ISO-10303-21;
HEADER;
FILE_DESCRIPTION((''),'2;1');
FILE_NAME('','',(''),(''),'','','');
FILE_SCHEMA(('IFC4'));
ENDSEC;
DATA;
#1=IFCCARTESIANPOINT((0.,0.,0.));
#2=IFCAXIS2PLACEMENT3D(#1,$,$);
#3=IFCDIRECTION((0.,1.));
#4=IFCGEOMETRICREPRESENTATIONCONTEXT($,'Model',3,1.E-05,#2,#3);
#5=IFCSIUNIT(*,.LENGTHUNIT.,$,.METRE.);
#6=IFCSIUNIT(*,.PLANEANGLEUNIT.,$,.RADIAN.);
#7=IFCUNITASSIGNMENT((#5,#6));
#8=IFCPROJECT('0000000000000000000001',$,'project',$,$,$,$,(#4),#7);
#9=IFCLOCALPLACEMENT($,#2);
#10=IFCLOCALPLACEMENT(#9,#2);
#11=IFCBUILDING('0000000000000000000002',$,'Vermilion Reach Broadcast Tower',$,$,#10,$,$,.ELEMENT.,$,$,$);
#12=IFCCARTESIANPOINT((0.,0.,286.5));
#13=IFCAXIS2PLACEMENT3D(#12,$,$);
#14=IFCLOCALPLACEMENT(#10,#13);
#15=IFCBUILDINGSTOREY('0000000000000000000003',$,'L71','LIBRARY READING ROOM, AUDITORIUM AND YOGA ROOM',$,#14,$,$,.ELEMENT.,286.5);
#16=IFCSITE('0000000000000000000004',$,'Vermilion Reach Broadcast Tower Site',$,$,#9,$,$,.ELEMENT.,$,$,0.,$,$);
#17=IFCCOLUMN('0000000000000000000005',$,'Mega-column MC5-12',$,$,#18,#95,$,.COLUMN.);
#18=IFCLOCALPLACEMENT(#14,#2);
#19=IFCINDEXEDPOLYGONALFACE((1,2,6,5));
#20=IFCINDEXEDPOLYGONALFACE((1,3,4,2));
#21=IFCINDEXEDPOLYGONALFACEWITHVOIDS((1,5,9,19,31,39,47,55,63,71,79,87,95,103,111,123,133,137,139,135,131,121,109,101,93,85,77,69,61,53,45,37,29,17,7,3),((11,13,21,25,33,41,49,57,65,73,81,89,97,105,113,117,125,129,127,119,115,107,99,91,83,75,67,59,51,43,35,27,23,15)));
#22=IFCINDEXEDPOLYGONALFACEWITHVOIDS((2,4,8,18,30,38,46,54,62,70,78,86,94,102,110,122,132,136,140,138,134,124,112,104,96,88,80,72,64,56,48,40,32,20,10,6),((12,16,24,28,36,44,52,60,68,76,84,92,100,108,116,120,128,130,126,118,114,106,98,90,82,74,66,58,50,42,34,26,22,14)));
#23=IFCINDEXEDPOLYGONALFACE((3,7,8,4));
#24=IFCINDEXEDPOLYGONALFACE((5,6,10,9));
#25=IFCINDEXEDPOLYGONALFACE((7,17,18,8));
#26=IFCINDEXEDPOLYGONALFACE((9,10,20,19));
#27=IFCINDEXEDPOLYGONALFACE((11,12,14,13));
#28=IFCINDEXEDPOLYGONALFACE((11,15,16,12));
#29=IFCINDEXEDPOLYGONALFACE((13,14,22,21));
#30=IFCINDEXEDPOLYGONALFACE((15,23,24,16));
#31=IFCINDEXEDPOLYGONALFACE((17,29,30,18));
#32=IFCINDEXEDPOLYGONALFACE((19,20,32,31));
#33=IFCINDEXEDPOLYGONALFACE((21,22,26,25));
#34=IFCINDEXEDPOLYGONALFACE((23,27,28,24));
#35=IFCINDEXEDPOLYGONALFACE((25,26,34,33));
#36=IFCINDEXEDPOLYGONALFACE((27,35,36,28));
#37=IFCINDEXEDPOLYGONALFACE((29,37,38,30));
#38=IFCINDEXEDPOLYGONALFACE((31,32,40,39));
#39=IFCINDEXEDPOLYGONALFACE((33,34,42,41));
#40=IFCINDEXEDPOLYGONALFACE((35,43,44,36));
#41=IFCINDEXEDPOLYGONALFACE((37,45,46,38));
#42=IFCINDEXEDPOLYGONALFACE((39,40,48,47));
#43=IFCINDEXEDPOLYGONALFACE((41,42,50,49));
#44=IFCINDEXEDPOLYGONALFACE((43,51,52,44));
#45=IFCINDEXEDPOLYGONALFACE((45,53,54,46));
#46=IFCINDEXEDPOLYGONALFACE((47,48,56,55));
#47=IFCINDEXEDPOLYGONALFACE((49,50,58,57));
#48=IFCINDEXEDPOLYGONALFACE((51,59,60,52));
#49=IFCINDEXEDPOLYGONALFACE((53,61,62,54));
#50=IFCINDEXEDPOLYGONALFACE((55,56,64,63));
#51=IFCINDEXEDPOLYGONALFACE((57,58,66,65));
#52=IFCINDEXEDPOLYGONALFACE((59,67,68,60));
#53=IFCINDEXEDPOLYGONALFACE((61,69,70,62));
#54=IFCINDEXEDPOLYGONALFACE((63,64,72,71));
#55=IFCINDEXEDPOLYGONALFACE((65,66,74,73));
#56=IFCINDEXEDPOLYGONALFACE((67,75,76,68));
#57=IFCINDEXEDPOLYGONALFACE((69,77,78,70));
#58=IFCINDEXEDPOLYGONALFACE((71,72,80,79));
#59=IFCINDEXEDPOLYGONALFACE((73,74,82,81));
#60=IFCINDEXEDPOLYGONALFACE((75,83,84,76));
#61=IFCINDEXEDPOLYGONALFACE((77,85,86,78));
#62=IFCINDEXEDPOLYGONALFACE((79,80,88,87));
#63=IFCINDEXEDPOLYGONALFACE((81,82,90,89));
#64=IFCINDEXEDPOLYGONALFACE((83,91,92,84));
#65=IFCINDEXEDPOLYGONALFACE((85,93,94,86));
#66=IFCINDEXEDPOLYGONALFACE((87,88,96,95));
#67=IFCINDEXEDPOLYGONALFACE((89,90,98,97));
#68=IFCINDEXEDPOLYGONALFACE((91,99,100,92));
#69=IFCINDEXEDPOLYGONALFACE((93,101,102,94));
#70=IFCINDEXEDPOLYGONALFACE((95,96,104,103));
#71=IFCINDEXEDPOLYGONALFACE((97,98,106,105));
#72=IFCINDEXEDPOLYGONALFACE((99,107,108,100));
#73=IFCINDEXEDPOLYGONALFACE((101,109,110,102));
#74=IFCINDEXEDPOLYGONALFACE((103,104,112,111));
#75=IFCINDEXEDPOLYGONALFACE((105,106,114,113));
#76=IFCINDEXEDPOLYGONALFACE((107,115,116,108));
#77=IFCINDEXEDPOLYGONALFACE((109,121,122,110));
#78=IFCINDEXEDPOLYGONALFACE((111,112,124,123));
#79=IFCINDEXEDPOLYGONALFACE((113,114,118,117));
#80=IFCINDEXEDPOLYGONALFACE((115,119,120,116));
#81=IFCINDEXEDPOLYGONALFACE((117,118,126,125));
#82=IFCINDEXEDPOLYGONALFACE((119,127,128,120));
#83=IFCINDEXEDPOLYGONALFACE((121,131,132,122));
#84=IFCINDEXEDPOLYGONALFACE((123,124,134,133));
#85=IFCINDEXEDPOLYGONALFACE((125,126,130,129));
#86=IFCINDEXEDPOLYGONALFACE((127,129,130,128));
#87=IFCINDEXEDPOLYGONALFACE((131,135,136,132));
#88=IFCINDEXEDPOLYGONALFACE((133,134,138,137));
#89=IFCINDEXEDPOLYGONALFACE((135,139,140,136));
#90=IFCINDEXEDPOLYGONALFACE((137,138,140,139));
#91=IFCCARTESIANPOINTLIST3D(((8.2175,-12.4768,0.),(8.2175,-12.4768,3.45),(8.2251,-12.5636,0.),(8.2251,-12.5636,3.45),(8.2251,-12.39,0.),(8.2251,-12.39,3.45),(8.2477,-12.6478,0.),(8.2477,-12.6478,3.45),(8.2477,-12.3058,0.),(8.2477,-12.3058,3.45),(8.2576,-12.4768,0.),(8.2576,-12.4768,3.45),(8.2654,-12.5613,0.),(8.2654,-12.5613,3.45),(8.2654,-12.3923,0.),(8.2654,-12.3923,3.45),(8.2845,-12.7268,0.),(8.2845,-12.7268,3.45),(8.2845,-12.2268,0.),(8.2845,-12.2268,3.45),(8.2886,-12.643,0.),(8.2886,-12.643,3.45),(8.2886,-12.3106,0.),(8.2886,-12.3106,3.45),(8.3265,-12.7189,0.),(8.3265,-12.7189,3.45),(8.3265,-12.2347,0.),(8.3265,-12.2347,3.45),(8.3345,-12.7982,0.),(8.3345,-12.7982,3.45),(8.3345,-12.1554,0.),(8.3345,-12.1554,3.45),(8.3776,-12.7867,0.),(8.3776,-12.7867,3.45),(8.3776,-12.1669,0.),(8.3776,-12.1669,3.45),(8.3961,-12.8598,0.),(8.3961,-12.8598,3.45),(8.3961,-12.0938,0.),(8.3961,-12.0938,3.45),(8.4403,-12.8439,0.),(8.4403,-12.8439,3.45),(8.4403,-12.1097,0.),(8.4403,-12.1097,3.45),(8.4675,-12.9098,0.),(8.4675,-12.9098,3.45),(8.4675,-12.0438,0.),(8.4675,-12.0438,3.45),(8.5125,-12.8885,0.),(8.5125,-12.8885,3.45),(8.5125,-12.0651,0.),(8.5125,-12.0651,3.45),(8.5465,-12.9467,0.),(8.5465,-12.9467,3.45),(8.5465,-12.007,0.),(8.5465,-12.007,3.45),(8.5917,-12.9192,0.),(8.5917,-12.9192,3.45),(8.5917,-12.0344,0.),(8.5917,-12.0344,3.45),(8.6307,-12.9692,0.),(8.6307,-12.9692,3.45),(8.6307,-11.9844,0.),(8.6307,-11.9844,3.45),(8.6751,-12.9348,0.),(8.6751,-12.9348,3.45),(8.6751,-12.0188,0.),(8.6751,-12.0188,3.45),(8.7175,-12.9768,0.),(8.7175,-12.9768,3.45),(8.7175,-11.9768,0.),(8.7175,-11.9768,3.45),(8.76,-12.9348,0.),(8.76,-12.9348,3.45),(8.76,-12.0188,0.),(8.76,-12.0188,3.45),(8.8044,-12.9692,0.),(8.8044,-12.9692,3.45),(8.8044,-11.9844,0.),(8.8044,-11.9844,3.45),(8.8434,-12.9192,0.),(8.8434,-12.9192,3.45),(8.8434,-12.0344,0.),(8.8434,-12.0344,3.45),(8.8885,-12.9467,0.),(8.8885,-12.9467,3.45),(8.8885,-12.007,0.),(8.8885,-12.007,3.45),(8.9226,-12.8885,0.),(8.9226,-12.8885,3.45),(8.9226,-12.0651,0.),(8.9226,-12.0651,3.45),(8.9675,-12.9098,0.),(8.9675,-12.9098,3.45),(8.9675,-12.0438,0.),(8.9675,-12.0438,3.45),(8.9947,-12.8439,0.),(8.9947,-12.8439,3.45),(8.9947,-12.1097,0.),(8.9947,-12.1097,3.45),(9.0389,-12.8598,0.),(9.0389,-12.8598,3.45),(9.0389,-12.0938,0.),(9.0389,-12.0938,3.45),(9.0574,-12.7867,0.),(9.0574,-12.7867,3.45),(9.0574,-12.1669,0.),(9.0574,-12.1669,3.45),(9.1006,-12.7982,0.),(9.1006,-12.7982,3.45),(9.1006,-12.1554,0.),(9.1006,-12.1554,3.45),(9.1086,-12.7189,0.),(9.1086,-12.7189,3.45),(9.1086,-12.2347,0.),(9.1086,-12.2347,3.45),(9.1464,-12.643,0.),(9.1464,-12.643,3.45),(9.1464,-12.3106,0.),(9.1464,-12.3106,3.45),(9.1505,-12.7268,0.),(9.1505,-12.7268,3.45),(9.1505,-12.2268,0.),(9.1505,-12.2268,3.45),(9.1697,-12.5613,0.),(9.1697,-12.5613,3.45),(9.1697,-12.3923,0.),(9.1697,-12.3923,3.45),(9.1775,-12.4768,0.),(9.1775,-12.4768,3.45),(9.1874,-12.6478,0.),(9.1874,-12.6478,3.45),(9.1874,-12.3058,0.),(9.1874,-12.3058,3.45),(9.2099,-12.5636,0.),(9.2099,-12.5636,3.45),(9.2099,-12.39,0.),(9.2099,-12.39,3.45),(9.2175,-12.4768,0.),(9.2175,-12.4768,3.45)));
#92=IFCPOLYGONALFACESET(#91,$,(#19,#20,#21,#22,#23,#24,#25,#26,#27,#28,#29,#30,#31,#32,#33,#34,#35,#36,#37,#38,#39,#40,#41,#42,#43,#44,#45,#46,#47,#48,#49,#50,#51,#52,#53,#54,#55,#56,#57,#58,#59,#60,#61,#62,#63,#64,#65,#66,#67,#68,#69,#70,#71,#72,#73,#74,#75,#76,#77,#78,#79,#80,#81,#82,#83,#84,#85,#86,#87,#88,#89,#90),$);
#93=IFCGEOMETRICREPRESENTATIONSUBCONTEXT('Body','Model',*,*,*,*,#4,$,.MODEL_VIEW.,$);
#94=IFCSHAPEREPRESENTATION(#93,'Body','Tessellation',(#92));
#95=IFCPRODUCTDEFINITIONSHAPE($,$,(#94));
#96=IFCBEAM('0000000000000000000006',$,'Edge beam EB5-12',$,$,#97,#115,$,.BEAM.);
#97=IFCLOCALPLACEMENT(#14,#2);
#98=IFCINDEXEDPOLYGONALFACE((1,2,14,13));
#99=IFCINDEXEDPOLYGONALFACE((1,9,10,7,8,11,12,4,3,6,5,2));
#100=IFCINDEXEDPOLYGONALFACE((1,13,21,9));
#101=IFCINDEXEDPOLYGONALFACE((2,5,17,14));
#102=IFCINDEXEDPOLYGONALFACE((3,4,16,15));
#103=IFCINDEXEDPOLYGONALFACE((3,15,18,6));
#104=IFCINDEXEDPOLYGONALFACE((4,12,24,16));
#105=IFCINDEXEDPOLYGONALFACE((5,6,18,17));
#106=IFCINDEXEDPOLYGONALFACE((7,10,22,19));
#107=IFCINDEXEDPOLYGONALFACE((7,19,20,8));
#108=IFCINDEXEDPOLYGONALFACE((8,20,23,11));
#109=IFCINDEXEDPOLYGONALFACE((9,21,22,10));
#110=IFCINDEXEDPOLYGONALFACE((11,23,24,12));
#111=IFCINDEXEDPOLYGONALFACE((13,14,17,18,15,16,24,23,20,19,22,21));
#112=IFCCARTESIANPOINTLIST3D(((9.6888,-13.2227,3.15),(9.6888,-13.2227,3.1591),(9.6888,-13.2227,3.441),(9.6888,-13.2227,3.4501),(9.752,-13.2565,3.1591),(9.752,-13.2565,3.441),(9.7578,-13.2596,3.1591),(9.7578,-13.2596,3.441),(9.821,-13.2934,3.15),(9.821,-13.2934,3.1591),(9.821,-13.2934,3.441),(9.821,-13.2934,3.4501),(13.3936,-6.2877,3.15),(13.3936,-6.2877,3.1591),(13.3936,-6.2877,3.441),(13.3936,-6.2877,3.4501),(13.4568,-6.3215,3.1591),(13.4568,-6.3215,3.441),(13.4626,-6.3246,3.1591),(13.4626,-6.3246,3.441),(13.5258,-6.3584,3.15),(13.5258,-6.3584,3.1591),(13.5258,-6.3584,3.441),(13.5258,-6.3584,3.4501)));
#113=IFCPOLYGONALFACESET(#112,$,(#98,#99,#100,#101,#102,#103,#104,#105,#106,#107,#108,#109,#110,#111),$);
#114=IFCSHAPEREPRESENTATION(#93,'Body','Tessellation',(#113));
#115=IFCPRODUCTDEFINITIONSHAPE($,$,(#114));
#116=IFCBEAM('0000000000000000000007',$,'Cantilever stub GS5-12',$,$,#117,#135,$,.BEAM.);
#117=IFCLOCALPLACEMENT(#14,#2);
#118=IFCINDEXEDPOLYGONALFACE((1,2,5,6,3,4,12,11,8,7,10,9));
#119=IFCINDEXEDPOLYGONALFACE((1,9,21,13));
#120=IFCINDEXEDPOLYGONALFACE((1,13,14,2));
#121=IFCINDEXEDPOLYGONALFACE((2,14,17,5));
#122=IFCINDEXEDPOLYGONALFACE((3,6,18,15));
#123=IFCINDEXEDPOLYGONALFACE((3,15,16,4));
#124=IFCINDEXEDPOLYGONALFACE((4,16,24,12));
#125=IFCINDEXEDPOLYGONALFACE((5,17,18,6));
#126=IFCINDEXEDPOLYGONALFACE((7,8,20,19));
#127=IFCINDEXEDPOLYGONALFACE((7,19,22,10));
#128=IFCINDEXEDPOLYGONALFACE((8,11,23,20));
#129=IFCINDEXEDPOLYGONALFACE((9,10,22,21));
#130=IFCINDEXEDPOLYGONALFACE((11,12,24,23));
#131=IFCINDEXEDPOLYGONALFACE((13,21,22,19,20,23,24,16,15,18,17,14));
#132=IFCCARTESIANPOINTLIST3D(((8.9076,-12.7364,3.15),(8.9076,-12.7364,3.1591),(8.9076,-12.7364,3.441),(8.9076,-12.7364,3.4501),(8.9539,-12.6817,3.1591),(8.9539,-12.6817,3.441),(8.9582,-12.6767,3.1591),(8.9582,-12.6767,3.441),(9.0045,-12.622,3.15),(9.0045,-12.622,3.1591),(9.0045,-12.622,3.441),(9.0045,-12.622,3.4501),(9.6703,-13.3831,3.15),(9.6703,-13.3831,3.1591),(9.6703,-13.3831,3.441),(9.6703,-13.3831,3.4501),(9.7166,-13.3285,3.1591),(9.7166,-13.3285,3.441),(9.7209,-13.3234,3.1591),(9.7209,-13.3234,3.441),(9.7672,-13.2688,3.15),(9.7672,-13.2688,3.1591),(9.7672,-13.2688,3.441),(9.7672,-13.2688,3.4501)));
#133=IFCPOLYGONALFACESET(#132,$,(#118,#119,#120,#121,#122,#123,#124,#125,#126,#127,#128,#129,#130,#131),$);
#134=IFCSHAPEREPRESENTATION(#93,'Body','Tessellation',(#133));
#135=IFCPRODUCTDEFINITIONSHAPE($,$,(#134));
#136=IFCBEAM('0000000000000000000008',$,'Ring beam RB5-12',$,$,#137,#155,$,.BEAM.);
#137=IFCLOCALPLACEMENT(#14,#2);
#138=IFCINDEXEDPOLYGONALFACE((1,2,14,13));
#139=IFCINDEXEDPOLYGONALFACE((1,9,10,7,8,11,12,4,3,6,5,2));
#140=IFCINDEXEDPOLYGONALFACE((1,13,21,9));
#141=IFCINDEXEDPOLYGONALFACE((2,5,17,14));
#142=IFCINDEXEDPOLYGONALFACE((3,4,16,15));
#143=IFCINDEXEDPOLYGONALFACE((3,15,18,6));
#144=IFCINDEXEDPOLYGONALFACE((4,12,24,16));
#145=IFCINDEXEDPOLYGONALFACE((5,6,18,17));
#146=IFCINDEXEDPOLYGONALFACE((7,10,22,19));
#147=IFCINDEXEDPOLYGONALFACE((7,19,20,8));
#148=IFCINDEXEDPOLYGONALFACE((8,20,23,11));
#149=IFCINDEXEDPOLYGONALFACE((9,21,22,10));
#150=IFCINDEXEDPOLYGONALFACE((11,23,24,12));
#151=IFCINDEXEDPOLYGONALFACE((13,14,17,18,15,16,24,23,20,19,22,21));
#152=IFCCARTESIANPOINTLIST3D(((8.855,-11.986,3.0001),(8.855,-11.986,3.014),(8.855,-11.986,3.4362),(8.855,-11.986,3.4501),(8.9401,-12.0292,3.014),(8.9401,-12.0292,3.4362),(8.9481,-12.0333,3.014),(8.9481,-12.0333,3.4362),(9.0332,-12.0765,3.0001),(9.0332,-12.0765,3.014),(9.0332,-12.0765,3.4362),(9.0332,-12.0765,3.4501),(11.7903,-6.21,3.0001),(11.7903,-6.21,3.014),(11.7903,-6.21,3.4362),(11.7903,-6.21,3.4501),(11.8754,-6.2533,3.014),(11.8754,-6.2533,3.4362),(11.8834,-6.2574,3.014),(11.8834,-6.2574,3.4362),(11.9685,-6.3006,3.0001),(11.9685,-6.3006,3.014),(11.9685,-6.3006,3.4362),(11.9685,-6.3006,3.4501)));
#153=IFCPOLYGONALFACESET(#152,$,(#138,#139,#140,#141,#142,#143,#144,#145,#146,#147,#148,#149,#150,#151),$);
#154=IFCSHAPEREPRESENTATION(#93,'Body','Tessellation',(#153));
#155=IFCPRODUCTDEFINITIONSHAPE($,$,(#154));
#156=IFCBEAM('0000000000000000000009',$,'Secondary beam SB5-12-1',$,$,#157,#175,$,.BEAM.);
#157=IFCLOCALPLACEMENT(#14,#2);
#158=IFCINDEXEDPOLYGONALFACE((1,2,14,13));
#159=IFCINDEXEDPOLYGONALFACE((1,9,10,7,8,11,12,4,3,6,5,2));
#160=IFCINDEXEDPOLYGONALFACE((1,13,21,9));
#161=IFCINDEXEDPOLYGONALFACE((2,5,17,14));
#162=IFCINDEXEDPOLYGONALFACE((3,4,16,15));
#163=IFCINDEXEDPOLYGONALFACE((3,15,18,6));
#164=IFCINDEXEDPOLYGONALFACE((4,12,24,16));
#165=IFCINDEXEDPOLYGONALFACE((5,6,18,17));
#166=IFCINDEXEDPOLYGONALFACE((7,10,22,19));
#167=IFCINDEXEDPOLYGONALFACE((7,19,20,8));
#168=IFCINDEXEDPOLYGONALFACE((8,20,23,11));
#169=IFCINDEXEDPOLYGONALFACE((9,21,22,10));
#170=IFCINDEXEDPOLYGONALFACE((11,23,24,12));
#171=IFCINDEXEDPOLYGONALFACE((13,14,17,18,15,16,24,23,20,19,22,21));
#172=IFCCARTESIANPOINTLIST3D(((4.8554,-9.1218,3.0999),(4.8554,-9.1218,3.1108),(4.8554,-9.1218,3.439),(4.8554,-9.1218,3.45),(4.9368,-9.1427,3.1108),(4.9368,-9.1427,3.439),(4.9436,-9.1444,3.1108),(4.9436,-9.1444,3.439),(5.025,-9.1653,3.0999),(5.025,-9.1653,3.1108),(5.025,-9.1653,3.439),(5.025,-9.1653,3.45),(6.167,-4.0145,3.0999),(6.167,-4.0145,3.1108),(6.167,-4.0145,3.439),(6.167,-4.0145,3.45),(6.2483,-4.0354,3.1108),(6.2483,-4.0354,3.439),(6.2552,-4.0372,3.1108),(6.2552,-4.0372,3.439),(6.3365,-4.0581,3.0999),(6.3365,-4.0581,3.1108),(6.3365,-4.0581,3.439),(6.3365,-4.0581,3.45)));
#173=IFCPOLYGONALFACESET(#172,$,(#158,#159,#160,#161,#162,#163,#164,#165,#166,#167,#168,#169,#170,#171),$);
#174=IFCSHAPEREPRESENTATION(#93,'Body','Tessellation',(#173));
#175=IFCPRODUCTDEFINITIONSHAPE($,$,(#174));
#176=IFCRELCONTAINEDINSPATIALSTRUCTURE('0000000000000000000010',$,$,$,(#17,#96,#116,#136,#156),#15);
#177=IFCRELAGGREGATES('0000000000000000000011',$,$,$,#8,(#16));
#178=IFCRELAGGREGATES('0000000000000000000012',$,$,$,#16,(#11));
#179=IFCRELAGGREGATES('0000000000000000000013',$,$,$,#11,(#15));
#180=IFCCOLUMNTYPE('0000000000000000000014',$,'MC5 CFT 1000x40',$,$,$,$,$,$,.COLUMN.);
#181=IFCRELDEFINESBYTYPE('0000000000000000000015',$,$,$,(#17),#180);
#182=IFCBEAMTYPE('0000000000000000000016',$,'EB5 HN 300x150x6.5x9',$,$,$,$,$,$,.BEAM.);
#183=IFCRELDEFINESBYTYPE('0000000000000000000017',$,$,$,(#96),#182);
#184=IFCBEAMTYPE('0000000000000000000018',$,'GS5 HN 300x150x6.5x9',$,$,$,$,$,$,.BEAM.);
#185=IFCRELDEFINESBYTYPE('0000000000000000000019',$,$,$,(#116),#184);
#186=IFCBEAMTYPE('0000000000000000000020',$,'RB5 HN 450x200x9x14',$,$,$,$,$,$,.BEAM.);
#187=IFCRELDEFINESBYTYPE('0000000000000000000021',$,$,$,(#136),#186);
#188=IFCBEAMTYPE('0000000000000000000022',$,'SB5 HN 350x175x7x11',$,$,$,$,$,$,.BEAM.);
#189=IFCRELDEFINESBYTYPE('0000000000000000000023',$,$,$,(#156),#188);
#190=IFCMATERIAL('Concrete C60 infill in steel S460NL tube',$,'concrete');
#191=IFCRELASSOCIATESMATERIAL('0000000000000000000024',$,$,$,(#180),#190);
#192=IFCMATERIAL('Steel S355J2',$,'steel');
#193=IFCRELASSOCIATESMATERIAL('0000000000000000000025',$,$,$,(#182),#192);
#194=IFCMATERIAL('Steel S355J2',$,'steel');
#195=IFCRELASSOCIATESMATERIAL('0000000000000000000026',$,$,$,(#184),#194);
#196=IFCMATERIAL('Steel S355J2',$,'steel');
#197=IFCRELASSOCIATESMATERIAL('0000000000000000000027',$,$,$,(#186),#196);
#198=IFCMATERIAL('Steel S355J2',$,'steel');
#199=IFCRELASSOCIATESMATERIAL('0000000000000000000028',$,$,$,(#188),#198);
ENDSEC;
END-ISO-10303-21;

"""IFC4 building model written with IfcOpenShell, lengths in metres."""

from ifc_helpers import new_model, si_unit, direction, frame, origin, origin_2d, place, context, subcontext, project, spatial, hollow_circle, i_section, extrude, material, material_profile, profile_set, type_object, element, save


model = new_model("IFC4")

# Units and contexts
model_context = context("Model", 3, precision=1e-05, world=origin(), true_north=direction((0.0, 1.0)))
body_context = subcontext(model_context, "Body", "Model", "MODEL_VIEW")
ifc_project = project(units=[si_unit("LENGTHUNIT", "METRE"), si_unit("PLANEANGLEUNIT", "RADIAN")], contexts=[model_context])

# Site, building, storey
site_placement = place(None, origin())
site = spatial("IfcSite", under=ifc_project, at=site_placement, Name="Vermilion Reach Broadcast Tower Site", CompositionType="ELEMENT", RefElevation=0.0)
building_placement = place(site_placement, origin())
building = spatial("IfcBuilding", under=site, at=building_placement, Name="Vermilion Reach Broadcast Tower", CompositionType="ELEMENT")
storey_placement = place(building_placement, frame((0.0, 0.0, 286.5)))
storey = spatial("IfcBuildingStorey", under=building, at=storey_placement, Name="L71", Description="LIBRARY READING ROOM, AUDITORIUM AND YOGA ROOM", CompositionType="ELEMENT", Elevation=286.5)

# Column
ifc_material_1 = material(Name="Concrete C60 infill in steel S460NL tube", Category="concrete")
ifc_material_profile_1 = material_profile(ifc_material_1, hollow_circle(Radius=0.5, WallThickness=0.04, at=origin_2d()), Name="Concrete C60 infill in steel S460NL tube CFT 1000x40")
ifc_profile_set_1 = profile_set([ifc_material_profile_1], Name="Concrete C60 infill in steel S460NL tube")
column_type = type_object("IfcColumnType", Name="MC5 CFT 1000x40", PredefinedType="COLUMN", material=ifc_profile_set_1)
column_placement = place(storey_placement, frame((8.7175, -12.4768, 0.0), z_axis=(0.0, 0.0, 1.0), x_axis=(1.0, 0.0, 0.0)))
element("IfcColumn", 1, at=column_placement, inside=storey, type_object=column_type, Name="Mega-column MC5-12", PredefinedType="COLUMN", context=body_context, shape_type="SweptSolid", body=[
    extrude(hollow_circle(Radius=0.5, WallThickness=0.04, at=origin_2d()), origin(), (0.0, 0.0, 1.0), 3.45),
])

# Beams
ifc_material_2 = material(Name="Steel S355J2", Category="steel")
ifc_material_profile_2 = material_profile(ifc_material_2, i_section(OverallWidth=0.1499, OverallDepth=0.3, WebThickness=0.0066, FlangeThickness=0.009, at=origin_2d()), Name="S355J2 HN 300x150x6.5x9")
ifc_profile_set_2 = profile_set([ifc_material_profile_2], Name="Steel S355J2")
beam_type_1 = type_object("IfcBeamType", Name="EB5 HN 300x150x6.5x9", PredefinedType="BEAM", material=ifc_profile_set_2)
beam_1_placement = place(storey_placement, frame((9.7549, -13.2581, 3.3), z_axis=(0.471196, 0.882029, 0.0), x_axis=(-0.882029, 0.471196, 0.0)))
element("IfcBeam", 2, at=beam_1_placement, inside=storey, type_object=beam_type_1, Name="Edge beam EB5-12", PredefinedType="BEAM", context=body_context, shape_type="SweptSolid", body=[
    extrude(i_section(OverallWidth=0.1499, OverallDepth=0.3, WebThickness=0.0066, FlangeThickness=0.009, at=origin_2d()), origin(), (0.0, 0.0, 1.0), 7.8625),
])
ifc_material_3 = material(Name="Steel S355J2", Category="steel")
ifc_material_profile_3 = material_profile(ifc_material_3, i_section(OverallWidth=0.1499, OverallDepth=0.3, WebThickness=0.0066, FlangeThickness=0.009, at=origin_2d()), Name="S355J2 HN 300x150x6.5x9")
ifc_profile_set_3 = profile_set([ifc_material_profile_3], Name="Steel S355J2")
beam_type_2 = type_object("IfcBeamType", Name="GS5 HN 300x150x6.5x9", PredefinedType="BEAM", material=ifc_profile_set_3)
beam_2_placement = place(storey_placement, frame((8.9561, -12.6792, 3.3), z_axis=(0.76271, -0.646741, 0.0), x_axis=(0.646741, 0.76271, 0.0)))
element("IfcBeam", 3, at=beam_2_placement, inside=storey, type_object=beam_type_2, Name="Cantilever stub GS5-12", PredefinedType="BEAM", context=body_context, shape_type="SweptSolid", body=[
    extrude(i_section(OverallWidth=0.1499, OverallDepth=0.3, WebThickness=0.0066, FlangeThickness=0.009, at=origin_2d()), origin(), (0.0, 0.0, 1.0), 1.0),
])
ifc_material_4 = material(Name="Steel S355J2", Category="steel")
ifc_material_profile_4 = material_profile(ifc_material_4, i_section(OverallWidth=0.2, OverallDepth=0.45, WebThickness=0.009, FlangeThickness=0.0139, at=origin_2d()), Name="S355J2 HN 450x200x9x14")
ifc_profile_set_4 = profile_set([ifc_material_profile_4], Name="Steel S355J2")
beam_type_3 = type_object("IfcBeamType", Name="RB5 HN 450x200x9x14", PredefinedType="BEAM", material=ifc_profile_set_4)
beam_3_placement = place(storey_placement, frame((8.9441, -12.0312, 3.2251), z_axis=(0.453052, 0.891484, 0.0), x_axis=(-0.891484, 0.453052, 0.0)))
element("IfcBeam", 4, at=beam_3_placement, inside=storey, type_object=beam_type_3, Name="Ring beam RB5-12", PredefinedType="BEAM", context=body_context, shape_type="SweptSolid", body=[
    extrude(i_section(OverallWidth=0.2, OverallDepth=0.45, WebThickness=0.009, FlangeThickness=0.0139, at=origin_2d()), origin(), (0.0, 0.0, 1.0), 6.479),
])
ifc_material_5 = material(Name="Steel S355J2", Category="steel")
ifc_material_profile_5 = material_profile(ifc_material_5, i_section(OverallWidth=0.175, OverallDepth=0.3501, WebThickness=0.0071, FlangeThickness=0.011, at=origin_2d()), Name="S355J2 HN 350x175x7x11")
ifc_profile_set_5 = profile_set([ifc_material_profile_5], Name="Steel S355J2")
beam_type_4 = type_object("IfcBeamType", Name="SB5 HN 350x175x7x11", PredefinedType="BEAM", material=ifc_profile_set_5)
beam_4_placement = place(storey_placement, frame((4.9402, -9.1436, 3.2749), z_axis=(0.24873, 0.968573, 0.0), x_axis=(-0.968573, 0.24873, 0.0)))
element("IfcBeam", 5, at=beam_4_placement, inside=storey, type_object=beam_type_4, Name="Secondary beam SB5-12-1", PredefinedType="BEAM", context=body_context, shape_type="SweptSolid", body=[
    extrude(i_section(OverallWidth=0.175, OverallDepth=0.3501, WebThickness=0.0071, FlangeThickness=0.011, at=origin_2d()), origin(), (0.0, 0.0, 1.0), 5.2729),
])

save(model, "model.ifc")
